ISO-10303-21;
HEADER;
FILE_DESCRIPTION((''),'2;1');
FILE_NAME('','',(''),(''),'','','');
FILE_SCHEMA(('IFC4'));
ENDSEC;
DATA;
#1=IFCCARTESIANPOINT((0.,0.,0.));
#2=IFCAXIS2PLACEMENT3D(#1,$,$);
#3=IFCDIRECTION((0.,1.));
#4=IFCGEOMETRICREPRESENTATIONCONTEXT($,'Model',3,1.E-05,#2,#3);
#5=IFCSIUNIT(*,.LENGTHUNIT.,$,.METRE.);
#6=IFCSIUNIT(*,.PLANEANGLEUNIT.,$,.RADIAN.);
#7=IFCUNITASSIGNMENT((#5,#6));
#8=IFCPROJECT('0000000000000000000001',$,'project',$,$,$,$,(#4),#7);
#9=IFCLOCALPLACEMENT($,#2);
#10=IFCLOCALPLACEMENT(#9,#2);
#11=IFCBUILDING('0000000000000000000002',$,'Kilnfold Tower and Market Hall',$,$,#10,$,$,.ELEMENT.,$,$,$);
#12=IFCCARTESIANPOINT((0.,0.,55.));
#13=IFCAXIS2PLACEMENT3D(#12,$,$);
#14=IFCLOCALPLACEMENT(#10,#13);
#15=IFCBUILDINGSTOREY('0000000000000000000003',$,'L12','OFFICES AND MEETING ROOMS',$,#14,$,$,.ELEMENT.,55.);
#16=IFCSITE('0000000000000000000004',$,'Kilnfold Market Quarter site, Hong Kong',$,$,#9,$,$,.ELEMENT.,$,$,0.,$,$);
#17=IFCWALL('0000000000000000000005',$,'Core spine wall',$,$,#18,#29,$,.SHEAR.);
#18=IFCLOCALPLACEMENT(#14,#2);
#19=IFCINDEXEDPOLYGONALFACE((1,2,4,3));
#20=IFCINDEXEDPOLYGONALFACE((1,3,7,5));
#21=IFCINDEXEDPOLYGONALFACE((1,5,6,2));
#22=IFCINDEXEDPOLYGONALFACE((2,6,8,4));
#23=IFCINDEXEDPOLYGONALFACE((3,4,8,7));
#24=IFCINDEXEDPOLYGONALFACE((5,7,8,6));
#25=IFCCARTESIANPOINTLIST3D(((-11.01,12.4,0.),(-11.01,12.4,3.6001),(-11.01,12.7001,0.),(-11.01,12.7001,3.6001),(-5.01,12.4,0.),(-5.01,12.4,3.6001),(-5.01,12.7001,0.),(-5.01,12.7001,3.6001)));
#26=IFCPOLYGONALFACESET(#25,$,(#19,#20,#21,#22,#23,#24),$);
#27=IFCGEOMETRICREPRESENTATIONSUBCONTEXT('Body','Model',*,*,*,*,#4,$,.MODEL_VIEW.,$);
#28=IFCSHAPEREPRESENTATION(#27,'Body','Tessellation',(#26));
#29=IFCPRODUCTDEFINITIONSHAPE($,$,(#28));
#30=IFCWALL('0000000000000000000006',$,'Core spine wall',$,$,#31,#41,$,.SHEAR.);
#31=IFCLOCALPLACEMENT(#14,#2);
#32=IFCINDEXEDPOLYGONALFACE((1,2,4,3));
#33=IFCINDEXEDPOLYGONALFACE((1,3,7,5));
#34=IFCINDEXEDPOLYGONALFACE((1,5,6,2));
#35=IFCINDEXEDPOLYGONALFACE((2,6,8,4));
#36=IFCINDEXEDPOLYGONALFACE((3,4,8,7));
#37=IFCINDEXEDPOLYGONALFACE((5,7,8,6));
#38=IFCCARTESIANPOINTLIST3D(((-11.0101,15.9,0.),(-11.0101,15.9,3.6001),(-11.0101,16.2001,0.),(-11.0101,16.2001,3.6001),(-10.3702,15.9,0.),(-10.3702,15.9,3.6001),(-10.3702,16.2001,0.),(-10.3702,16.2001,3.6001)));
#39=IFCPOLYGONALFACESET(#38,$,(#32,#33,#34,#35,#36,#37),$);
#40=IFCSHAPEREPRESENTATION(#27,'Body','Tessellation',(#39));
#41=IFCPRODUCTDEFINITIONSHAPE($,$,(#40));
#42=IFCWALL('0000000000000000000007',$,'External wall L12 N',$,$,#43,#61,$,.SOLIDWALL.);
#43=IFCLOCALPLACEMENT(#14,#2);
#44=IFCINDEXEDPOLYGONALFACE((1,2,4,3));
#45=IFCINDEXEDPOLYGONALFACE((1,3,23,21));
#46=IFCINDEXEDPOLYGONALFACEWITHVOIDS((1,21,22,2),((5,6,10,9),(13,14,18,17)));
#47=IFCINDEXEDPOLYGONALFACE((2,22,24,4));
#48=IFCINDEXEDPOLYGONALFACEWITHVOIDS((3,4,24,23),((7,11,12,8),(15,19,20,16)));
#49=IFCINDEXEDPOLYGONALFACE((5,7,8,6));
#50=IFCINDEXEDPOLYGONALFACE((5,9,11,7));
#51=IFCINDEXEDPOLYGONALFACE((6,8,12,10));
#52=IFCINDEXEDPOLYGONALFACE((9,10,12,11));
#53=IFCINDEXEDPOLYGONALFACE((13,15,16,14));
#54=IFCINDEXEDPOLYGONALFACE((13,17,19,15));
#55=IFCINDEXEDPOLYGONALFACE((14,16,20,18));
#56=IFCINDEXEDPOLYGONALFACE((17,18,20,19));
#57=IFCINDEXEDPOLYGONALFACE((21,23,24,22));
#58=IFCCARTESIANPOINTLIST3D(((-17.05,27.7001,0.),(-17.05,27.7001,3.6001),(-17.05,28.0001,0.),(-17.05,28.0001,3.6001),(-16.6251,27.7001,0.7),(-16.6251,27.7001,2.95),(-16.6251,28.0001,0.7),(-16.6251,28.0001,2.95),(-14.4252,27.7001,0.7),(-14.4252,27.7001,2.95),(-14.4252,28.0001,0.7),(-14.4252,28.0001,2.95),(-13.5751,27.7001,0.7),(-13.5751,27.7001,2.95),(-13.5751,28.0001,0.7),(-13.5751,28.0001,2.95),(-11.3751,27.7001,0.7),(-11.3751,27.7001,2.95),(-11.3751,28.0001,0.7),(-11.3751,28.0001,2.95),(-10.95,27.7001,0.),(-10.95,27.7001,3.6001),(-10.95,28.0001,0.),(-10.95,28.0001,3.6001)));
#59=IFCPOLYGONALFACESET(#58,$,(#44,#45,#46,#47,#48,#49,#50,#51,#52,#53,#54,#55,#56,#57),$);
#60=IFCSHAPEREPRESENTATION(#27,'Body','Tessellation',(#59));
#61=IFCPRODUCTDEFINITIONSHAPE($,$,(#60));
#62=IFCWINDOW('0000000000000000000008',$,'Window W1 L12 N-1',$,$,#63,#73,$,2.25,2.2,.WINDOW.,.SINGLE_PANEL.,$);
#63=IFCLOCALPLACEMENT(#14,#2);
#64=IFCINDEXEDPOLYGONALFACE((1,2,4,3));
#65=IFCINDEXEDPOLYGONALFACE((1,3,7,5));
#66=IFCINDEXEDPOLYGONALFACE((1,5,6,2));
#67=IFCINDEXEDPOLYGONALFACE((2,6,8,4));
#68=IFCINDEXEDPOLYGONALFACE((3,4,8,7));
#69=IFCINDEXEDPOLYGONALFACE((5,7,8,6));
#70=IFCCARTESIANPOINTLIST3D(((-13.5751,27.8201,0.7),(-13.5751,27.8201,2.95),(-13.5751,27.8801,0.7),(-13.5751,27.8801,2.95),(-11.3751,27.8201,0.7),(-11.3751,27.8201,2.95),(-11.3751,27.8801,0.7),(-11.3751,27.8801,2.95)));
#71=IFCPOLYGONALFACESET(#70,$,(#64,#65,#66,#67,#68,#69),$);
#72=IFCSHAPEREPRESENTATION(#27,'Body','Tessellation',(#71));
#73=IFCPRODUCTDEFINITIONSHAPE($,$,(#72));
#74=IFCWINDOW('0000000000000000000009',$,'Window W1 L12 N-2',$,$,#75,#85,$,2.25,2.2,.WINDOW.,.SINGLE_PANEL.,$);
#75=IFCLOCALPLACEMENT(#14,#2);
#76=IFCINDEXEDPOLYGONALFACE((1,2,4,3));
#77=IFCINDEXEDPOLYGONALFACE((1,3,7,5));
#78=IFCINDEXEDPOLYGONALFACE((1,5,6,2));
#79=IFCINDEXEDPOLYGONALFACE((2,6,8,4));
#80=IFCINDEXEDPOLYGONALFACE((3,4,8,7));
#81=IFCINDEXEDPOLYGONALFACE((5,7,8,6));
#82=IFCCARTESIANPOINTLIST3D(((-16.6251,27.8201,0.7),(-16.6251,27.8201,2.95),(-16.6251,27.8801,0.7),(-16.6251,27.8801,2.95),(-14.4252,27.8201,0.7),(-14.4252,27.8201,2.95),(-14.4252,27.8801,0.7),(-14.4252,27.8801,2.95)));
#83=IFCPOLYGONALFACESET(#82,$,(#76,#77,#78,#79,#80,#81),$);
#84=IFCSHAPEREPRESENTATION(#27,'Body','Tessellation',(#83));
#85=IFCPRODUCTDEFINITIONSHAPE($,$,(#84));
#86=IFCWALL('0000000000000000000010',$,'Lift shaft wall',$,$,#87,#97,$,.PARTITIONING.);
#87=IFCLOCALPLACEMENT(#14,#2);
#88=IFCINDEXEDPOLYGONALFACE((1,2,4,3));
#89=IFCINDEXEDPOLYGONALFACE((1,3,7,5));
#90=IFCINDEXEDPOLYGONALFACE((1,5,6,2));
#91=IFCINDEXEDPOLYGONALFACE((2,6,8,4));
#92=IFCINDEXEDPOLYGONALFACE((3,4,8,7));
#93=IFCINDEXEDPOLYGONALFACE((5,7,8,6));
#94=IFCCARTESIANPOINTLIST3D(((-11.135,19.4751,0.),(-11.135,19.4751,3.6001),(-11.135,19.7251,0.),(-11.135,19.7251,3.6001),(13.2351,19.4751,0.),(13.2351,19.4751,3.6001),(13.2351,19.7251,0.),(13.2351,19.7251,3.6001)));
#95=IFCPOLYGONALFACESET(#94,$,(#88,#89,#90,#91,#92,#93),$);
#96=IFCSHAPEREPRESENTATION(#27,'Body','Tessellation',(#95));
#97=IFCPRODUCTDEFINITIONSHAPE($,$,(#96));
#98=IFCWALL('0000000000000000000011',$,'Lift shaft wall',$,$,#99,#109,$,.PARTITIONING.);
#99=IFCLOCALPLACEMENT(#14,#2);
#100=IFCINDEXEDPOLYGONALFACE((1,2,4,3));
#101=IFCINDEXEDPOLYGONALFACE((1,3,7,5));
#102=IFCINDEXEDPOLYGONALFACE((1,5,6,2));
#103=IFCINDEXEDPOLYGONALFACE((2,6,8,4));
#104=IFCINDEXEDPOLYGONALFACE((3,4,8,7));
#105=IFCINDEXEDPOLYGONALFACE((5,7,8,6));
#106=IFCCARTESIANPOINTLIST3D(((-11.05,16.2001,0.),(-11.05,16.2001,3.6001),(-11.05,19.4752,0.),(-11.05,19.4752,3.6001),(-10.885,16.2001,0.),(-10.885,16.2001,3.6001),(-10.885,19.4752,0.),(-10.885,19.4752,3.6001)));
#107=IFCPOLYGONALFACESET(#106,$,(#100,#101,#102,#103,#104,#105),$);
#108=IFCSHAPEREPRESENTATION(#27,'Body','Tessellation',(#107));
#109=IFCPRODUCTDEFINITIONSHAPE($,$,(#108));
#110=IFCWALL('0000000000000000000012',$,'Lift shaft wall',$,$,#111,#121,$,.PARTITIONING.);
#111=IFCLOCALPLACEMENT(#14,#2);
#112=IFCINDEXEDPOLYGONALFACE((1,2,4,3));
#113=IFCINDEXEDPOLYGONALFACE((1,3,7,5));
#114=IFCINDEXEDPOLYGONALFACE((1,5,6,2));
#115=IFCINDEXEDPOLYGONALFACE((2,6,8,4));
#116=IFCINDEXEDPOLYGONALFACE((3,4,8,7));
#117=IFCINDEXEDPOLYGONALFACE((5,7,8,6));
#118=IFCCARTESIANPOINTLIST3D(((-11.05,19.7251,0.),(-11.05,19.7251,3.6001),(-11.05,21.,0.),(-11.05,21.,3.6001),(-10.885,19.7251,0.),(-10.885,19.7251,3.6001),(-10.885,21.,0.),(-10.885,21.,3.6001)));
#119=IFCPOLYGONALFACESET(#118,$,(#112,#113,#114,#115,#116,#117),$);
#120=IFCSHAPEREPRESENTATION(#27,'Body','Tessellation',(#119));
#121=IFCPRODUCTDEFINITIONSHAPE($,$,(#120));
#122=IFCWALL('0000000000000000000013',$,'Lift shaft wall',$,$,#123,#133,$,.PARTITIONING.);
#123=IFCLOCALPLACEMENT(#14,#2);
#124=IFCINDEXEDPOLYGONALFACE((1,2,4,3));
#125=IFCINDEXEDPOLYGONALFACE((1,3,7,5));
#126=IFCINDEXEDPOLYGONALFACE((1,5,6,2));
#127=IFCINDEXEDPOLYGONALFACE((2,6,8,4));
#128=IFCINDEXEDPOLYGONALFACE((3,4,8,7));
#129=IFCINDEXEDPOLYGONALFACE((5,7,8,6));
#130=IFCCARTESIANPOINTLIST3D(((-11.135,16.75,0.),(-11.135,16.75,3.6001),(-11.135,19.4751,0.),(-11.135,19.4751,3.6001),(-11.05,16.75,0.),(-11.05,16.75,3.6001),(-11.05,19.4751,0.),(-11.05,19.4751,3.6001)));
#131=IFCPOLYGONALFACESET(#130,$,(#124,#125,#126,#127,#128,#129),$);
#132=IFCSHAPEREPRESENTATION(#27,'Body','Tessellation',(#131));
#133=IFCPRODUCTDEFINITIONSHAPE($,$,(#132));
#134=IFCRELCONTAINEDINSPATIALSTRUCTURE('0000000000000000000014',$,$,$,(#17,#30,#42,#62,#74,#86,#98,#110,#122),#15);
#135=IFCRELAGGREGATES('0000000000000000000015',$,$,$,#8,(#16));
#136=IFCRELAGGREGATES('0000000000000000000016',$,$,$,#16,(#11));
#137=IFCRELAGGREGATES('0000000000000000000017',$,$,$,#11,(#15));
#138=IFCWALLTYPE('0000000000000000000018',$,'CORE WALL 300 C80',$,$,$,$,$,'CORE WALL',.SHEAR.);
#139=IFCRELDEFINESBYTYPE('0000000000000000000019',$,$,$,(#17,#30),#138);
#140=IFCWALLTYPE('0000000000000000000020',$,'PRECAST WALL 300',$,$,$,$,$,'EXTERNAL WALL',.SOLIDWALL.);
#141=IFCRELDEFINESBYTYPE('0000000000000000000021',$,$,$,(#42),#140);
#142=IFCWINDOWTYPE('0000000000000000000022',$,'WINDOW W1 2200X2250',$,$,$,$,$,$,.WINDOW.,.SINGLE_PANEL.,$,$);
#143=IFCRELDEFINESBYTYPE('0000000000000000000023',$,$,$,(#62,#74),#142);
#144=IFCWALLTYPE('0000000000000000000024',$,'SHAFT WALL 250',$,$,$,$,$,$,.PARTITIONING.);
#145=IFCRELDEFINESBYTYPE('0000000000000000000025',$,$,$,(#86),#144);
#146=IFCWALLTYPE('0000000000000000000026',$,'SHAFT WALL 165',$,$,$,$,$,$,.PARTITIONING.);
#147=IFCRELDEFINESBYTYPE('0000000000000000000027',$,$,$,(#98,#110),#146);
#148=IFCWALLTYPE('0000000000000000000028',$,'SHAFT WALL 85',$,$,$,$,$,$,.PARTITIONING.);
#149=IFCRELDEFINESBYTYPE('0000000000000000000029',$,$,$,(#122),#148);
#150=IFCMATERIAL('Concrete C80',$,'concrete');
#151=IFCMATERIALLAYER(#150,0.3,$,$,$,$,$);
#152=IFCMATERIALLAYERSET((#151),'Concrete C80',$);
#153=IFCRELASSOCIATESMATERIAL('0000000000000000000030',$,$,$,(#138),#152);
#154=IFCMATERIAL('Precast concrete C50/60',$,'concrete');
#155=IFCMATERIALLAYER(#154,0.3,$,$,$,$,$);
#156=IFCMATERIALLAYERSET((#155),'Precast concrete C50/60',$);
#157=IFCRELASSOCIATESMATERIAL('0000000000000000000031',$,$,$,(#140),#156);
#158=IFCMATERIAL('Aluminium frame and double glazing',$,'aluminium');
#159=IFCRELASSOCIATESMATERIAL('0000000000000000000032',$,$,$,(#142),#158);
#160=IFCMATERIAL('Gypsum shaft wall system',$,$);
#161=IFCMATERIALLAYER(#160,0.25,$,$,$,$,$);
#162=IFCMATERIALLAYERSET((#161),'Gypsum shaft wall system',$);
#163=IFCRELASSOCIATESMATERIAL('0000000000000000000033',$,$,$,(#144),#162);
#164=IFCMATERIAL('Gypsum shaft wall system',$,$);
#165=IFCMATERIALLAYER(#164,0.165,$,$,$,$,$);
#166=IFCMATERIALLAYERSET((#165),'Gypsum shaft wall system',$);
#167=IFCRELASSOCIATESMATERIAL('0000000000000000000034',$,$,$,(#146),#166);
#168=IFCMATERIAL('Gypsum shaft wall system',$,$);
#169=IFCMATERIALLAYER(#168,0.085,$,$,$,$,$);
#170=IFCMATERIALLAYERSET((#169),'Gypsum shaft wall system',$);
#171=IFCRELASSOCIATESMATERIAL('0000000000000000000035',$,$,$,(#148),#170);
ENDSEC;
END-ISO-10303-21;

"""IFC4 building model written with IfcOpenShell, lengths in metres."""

from ifc_helpers import new_model, si_unit, direction, frame, frame_2d, origin, place, context, subcontext, project, spatial, rectangle, extrude, source, transform, mapped, material, layer, layer_set, type_object, element, fill, save


model = new_model("IFC4")

# Units and contexts
model_context = context("Model", 3, precision=1e-05, world=origin(), true_north=direction((0.0, 1.0)))
body_context = subcontext(model_context, "Body", "Model", "MODEL_VIEW")
ifc_project = project(units=[si_unit("LENGTHUNIT", "METRE"), si_unit("PLANEANGLEUNIT", "RADIAN")], contexts=[model_context])

# Site, building, storey
site_placement = place(None, origin())
site = spatial("IfcSite", under=ifc_project, at=site_placement, Name="Kilnfold Market Quarter site, Hong Kong", CompositionType="ELEMENT", RefElevation=0.0)
building_placement = place(site_placement, origin())
building = spatial("IfcBuilding", under=site, at=building_placement, Name="Kilnfold Tower and Market Hall", CompositionType="ELEMENT")
storey_placement = place(building_placement, frame((0.0, 0.0, 55.0)))
storey = spatial("IfcBuildingStorey", under=building, at=storey_placement, Name="L12", Description="OFFICES AND MEETING ROOMS", CompositionType="ELEMENT", Elevation=55.0)

# Walls
ifc_material_1 = material(Name="Concrete C80", Category="concrete")
ifc_layer_1 = layer(ifc_material_1, 0.3)
ifc_layer_set_1 = layer_set([ifc_layer_1], Name="Concrete C80")
wall_type_1 = type_object("IfcWallType", Name="CORE WALL 300 C80", ElementType="CORE WALL", PredefinedType="SHEAR", material=ifc_layer_set_1)
shared_shape_1 = source(origin(), body_context, "Body", "SweptSolid", [
    extrude(rectangle(XDim=6.0, YDim=0.3, at=frame_2d((3.0, 0.0))), origin(), (0.0, 0.0, 1.0), 3.6001),
])
wall_1_placement = place(storey_placement, frame((-11.01, 12.55, 0.0), z_axis=(0.0, 0.0, 1.0), x_axis=(1.0, 0.0, 0.0)))
element("IfcWall", 1, at=wall_1_placement, inside=storey, type_object=wall_type_1, Name="Core spine wall", PredefinedType="SHEAR", context=body_context, shape_type="MappedRepresentation", body=[
    mapped(shared_shape_1, transform((0.0, 0.0, 0.0))),
])
shared_shape_2 = source(origin(), body_context, "Body", "SweptSolid", [
    extrude(rectangle(XDim=0.6399, YDim=0.3, at=frame_2d((0.3198, 0.0))), origin(), (0.0, 0.0, 1.0), 3.6001),
])
wall_2_placement = place(storey_placement, frame((-11.01, 16.05, 0.0), z_axis=(0.0, 0.0, 1.0), x_axis=(1.0, 0.0, 0.0)))
element("IfcWall", 2, at=wall_2_placement, inside=storey, type_object=wall_type_1, Name="Core spine wall", PredefinedType="SHEAR", context=body_context, shape_type="MappedRepresentation", body=[
    mapped(shared_shape_2, transform((0.0, 0.0, 0.0))),
])

# Wall, openings, windows
ifc_material_2 = material(Name="Precast concrete C50/60", Category="concrete")
ifc_layer_2 = layer(ifc_material_2, 0.3)
ifc_layer_set_2 = layer_set([ifc_layer_2], Name="Precast concrete C50/60")
wall_type_2 = type_object("IfcWallType", Name="PRECAST WALL 300", ElementType="EXTERNAL WALL", PredefinedType="SOLIDWALL", material=ifc_layer_set_2)
shared_shape_3 = source(origin(), body_context, "Body", "SweptSolid", [
    extrude(rectangle(XDim=6.1001, YDim=0.3, at=frame_2d((3.05, 0.0))), origin(), (0.0, 0.0, 1.0), 3.6001),
])
wall_3_placement = place(storey_placement, frame((-10.95, 27.8501, 0.0), z_axis=(0.0, 0.0, 1.0), x_axis=(-1.0, 0.0, 0.0)))
wall_3 = element("IfcWall", 3, at=wall_3_placement, inside=storey, type_object=wall_type_2, Name="External wall L12 N", PredefinedType="SOLIDWALL", context=body_context, shape_type="MappedRepresentation", body=[
    mapped(shared_shape_3, transform((0.0, 0.0, 0.0))),
])
opening_1_placement = place(wall_3_placement, frame((0.425, 0.0, 0.7)))
opening_1 = element("IfcOpeningElement", 4, at=opening_1_placement, cuts=wall_3, PredefinedType="OPENING", context=body_context, shape_type="SweptSolid", body=[
    extrude(rectangle(XDim=2.2, YDim=2.25, at=frame_2d((1.1001, 1.125))), frame((0.0, 0.1602, 0.0), z_axis=(0.0, -1.0, 0.0), x_axis=(1.0, 0.0, 0.0)), (0.0, 0.0, 1.0), 0.3201),
])
opening_2_placement = place(wall_3_placement, frame((3.4751, 0.0, 0.7)))
opening_2 = element("IfcOpeningElement", 5, at=opening_2_placement, cuts=wall_3, PredefinedType="OPENING", context=body_context, shape_type="SweptSolid", body=[
    extrude(rectangle(XDim=2.2, YDim=2.25, at=frame_2d((1.1001, 1.125))), frame((0.0, 0.1602, 0.0), z_axis=(0.0, -1.0, 0.0), x_axis=(1.0, 0.0, 0.0)), (0.0, 0.0, 1.0), 0.3201),
])
ifc_material_3 = material(Name="Aluminium frame and double glazing", Category="aluminium")
window_type = type_object("IfcWindowType", Name="WINDOW W1 2200X2250", PartitioningType="SINGLE_PANEL", PredefinedType="WINDOW", material=ifc_material_3)
window_1_placement = place(opening_1_placement, origin())
window_1 = element("IfcWindow", 6, at=window_1_placement, inside=storey, type_object=window_type, Name="Window W1 L12 N-1", OverallHeight=2.25, OverallWidth=2.2, PartitioningType="SINGLE_PANEL", PredefinedType="WINDOW", context=body_context, shape_type="SweptSolid", body=[
    extrude(rectangle(XDim=2.2, YDim=2.25, at=frame_2d((1.1001, 1.125))), frame((0.0, 0.03, 0.0), z_axis=(0.0, -1.0, 0.0), x_axis=(1.0, 0.0, 0.0)), (0.0, 0.0, 1.0), 0.0601),
])
fill(opening_1, window_1)
window_2_placement = place(opening_2_placement, origin())
window_2 = element("IfcWindow", 7, at=window_2_placement, inside=storey, type_object=window_type, Name="Window W1 L12 N-2", OverallHeight=2.25, OverallWidth=2.2, PartitioningType="SINGLE_PANEL", PredefinedType="WINDOW", context=body_context, shape_type="SweptSolid", body=[
    extrude(rectangle(XDim=2.2, YDim=2.25, at=frame_2d((1.1001, 1.125))), frame((0.0, 0.03, 0.0), z_axis=(0.0, -1.0, 0.0), x_axis=(1.0, 0.0, 0.0)), (0.0, 0.0, 1.0), 0.0601),
])
fill(opening_2, window_2)

# Walls
ifc_material_4 = material(Name="Gypsum shaft wall system")
ifc_layer_3 = layer(ifc_material_4, 0.25)
ifc_layer_set_3 = layer_set([ifc_layer_3], Name="Gypsum shaft wall system")
wall_type_3 = type_object("IfcWallType", Name="SHAFT WALL 250", PredefinedType="PARTITIONING", material=ifc_layer_set_3)
shared_shape_4 = source(origin(), body_context, "Body", "SweptSolid", [
    extrude(rectangle(XDim=24.3701, YDim=0.25, at=frame_2d((12.1851, 0.0))), origin(), (0.0, 0.0, 1.0), 3.6001),
])
wall_4_placement = place(storey_placement, frame((-11.135, 19.6001, 0.0), z_axis=(0.0, 0.0, 1.0), x_axis=(1.0, 0.0, 0.0)))
element("IfcWall", 8, at=wall_4_placement, inside=storey, type_object=wall_type_3, Name="Lift shaft wall", PredefinedType="PARTITIONING", context=body_context, shape_type="MappedRepresentation", body=[
    mapped(shared_shape_4, transform((0.0, 0.0, 0.0))),
])
ifc_material_5 = material(Name="Gypsum shaft wall system")
ifc_layer_4 = layer(ifc_material_5, 0.165)
ifc_layer_set_4 = layer_set([ifc_layer_4], Name="Gypsum shaft wall system")
wall_type_4 = type_object("IfcWallType", Name="SHAFT WALL 165", PredefinedType="PARTITIONING", material=ifc_layer_set_4)
shared_shape_5 = source(origin(), body_context, "Body", "SweptSolid", [
    extrude(rectangle(XDim=3.2751, YDim=0.165, at=frame_2d((1.6377, 0.0))), origin(), (0.0, 0.0, 1.0), 3.6001),
])
wall_5_placement = place(storey_placement, frame((-10.9675, 16.2, 0.0), z_axis=(0.0, 0.0, 1.0), x_axis=(0.0, 1.0, 0.0)))
element("IfcWall", 9, at=wall_5_placement, inside=storey, type_object=wall_type_4, Name="Lift shaft wall", PredefinedType="PARTITIONING", context=body_context, shape_type="MappedRepresentation", body=[
    mapped(shared_shape_5, transform((0.0, 0.0, 0.0))),
])
shared_shape_6 = source(origin(), body_context, "Body", "SweptSolid", [
    extrude(rectangle(XDim=1.2749, YDim=0.165, at=frame_2d((0.6375, 0.0))), origin(), (0.0, 0.0, 1.0), 3.6001),
])
wall_6_placement = place(storey_placement, frame((-10.9675, 19.7251, 0.0), z_axis=(0.0, 0.0, 1.0), x_axis=(0.0, 1.0, 0.0)))
element("IfcWall", 10, at=wall_6_placement, inside=storey, type_object=wall_type_4, Name="Lift shaft wall", PredefinedType="PARTITIONING", context=body_context, shape_type="MappedRepresentation", body=[
    mapped(shared_shape_6, transform((0.0, 0.0, 0.0))),
])
ifc_material_6 = material(Name="Gypsum shaft wall system")
ifc_layer_5 = layer(ifc_material_6, 0.085)
ifc_layer_set_5 = layer_set([ifc_layer_5], Name="Gypsum shaft wall system")
wall_type_5 = type_object("IfcWallType", Name="SHAFT WALL 85", PredefinedType="PARTITIONING", material=ifc_layer_set_5)
shared_shape_7 = source(origin(), body_context, "Body", "SweptSolid", [
    extrude(rectangle(XDim=2.7251, YDim=0.085, at=frame_2d((1.3625, 0.0))), origin(), (0.0, 0.0, 1.0), 3.6001),
])
wall_7_placement = place(storey_placement, frame((-11.0925, 16.75, 0.0), z_axis=(0.0, 0.0, 1.0), x_axis=(0.0, 1.0, 0.0)))
element("IfcWall", 11, at=wall_7_placement, inside=storey, type_object=wall_type_5, Name="Lift shaft wall", PredefinedType="PARTITIONING", context=body_context, shape_type="MappedRepresentation", body=[
    mapped(shared_shape_7, transform((0.0, 0.0, 0.0))),
])

save(model, "model.ifc")
